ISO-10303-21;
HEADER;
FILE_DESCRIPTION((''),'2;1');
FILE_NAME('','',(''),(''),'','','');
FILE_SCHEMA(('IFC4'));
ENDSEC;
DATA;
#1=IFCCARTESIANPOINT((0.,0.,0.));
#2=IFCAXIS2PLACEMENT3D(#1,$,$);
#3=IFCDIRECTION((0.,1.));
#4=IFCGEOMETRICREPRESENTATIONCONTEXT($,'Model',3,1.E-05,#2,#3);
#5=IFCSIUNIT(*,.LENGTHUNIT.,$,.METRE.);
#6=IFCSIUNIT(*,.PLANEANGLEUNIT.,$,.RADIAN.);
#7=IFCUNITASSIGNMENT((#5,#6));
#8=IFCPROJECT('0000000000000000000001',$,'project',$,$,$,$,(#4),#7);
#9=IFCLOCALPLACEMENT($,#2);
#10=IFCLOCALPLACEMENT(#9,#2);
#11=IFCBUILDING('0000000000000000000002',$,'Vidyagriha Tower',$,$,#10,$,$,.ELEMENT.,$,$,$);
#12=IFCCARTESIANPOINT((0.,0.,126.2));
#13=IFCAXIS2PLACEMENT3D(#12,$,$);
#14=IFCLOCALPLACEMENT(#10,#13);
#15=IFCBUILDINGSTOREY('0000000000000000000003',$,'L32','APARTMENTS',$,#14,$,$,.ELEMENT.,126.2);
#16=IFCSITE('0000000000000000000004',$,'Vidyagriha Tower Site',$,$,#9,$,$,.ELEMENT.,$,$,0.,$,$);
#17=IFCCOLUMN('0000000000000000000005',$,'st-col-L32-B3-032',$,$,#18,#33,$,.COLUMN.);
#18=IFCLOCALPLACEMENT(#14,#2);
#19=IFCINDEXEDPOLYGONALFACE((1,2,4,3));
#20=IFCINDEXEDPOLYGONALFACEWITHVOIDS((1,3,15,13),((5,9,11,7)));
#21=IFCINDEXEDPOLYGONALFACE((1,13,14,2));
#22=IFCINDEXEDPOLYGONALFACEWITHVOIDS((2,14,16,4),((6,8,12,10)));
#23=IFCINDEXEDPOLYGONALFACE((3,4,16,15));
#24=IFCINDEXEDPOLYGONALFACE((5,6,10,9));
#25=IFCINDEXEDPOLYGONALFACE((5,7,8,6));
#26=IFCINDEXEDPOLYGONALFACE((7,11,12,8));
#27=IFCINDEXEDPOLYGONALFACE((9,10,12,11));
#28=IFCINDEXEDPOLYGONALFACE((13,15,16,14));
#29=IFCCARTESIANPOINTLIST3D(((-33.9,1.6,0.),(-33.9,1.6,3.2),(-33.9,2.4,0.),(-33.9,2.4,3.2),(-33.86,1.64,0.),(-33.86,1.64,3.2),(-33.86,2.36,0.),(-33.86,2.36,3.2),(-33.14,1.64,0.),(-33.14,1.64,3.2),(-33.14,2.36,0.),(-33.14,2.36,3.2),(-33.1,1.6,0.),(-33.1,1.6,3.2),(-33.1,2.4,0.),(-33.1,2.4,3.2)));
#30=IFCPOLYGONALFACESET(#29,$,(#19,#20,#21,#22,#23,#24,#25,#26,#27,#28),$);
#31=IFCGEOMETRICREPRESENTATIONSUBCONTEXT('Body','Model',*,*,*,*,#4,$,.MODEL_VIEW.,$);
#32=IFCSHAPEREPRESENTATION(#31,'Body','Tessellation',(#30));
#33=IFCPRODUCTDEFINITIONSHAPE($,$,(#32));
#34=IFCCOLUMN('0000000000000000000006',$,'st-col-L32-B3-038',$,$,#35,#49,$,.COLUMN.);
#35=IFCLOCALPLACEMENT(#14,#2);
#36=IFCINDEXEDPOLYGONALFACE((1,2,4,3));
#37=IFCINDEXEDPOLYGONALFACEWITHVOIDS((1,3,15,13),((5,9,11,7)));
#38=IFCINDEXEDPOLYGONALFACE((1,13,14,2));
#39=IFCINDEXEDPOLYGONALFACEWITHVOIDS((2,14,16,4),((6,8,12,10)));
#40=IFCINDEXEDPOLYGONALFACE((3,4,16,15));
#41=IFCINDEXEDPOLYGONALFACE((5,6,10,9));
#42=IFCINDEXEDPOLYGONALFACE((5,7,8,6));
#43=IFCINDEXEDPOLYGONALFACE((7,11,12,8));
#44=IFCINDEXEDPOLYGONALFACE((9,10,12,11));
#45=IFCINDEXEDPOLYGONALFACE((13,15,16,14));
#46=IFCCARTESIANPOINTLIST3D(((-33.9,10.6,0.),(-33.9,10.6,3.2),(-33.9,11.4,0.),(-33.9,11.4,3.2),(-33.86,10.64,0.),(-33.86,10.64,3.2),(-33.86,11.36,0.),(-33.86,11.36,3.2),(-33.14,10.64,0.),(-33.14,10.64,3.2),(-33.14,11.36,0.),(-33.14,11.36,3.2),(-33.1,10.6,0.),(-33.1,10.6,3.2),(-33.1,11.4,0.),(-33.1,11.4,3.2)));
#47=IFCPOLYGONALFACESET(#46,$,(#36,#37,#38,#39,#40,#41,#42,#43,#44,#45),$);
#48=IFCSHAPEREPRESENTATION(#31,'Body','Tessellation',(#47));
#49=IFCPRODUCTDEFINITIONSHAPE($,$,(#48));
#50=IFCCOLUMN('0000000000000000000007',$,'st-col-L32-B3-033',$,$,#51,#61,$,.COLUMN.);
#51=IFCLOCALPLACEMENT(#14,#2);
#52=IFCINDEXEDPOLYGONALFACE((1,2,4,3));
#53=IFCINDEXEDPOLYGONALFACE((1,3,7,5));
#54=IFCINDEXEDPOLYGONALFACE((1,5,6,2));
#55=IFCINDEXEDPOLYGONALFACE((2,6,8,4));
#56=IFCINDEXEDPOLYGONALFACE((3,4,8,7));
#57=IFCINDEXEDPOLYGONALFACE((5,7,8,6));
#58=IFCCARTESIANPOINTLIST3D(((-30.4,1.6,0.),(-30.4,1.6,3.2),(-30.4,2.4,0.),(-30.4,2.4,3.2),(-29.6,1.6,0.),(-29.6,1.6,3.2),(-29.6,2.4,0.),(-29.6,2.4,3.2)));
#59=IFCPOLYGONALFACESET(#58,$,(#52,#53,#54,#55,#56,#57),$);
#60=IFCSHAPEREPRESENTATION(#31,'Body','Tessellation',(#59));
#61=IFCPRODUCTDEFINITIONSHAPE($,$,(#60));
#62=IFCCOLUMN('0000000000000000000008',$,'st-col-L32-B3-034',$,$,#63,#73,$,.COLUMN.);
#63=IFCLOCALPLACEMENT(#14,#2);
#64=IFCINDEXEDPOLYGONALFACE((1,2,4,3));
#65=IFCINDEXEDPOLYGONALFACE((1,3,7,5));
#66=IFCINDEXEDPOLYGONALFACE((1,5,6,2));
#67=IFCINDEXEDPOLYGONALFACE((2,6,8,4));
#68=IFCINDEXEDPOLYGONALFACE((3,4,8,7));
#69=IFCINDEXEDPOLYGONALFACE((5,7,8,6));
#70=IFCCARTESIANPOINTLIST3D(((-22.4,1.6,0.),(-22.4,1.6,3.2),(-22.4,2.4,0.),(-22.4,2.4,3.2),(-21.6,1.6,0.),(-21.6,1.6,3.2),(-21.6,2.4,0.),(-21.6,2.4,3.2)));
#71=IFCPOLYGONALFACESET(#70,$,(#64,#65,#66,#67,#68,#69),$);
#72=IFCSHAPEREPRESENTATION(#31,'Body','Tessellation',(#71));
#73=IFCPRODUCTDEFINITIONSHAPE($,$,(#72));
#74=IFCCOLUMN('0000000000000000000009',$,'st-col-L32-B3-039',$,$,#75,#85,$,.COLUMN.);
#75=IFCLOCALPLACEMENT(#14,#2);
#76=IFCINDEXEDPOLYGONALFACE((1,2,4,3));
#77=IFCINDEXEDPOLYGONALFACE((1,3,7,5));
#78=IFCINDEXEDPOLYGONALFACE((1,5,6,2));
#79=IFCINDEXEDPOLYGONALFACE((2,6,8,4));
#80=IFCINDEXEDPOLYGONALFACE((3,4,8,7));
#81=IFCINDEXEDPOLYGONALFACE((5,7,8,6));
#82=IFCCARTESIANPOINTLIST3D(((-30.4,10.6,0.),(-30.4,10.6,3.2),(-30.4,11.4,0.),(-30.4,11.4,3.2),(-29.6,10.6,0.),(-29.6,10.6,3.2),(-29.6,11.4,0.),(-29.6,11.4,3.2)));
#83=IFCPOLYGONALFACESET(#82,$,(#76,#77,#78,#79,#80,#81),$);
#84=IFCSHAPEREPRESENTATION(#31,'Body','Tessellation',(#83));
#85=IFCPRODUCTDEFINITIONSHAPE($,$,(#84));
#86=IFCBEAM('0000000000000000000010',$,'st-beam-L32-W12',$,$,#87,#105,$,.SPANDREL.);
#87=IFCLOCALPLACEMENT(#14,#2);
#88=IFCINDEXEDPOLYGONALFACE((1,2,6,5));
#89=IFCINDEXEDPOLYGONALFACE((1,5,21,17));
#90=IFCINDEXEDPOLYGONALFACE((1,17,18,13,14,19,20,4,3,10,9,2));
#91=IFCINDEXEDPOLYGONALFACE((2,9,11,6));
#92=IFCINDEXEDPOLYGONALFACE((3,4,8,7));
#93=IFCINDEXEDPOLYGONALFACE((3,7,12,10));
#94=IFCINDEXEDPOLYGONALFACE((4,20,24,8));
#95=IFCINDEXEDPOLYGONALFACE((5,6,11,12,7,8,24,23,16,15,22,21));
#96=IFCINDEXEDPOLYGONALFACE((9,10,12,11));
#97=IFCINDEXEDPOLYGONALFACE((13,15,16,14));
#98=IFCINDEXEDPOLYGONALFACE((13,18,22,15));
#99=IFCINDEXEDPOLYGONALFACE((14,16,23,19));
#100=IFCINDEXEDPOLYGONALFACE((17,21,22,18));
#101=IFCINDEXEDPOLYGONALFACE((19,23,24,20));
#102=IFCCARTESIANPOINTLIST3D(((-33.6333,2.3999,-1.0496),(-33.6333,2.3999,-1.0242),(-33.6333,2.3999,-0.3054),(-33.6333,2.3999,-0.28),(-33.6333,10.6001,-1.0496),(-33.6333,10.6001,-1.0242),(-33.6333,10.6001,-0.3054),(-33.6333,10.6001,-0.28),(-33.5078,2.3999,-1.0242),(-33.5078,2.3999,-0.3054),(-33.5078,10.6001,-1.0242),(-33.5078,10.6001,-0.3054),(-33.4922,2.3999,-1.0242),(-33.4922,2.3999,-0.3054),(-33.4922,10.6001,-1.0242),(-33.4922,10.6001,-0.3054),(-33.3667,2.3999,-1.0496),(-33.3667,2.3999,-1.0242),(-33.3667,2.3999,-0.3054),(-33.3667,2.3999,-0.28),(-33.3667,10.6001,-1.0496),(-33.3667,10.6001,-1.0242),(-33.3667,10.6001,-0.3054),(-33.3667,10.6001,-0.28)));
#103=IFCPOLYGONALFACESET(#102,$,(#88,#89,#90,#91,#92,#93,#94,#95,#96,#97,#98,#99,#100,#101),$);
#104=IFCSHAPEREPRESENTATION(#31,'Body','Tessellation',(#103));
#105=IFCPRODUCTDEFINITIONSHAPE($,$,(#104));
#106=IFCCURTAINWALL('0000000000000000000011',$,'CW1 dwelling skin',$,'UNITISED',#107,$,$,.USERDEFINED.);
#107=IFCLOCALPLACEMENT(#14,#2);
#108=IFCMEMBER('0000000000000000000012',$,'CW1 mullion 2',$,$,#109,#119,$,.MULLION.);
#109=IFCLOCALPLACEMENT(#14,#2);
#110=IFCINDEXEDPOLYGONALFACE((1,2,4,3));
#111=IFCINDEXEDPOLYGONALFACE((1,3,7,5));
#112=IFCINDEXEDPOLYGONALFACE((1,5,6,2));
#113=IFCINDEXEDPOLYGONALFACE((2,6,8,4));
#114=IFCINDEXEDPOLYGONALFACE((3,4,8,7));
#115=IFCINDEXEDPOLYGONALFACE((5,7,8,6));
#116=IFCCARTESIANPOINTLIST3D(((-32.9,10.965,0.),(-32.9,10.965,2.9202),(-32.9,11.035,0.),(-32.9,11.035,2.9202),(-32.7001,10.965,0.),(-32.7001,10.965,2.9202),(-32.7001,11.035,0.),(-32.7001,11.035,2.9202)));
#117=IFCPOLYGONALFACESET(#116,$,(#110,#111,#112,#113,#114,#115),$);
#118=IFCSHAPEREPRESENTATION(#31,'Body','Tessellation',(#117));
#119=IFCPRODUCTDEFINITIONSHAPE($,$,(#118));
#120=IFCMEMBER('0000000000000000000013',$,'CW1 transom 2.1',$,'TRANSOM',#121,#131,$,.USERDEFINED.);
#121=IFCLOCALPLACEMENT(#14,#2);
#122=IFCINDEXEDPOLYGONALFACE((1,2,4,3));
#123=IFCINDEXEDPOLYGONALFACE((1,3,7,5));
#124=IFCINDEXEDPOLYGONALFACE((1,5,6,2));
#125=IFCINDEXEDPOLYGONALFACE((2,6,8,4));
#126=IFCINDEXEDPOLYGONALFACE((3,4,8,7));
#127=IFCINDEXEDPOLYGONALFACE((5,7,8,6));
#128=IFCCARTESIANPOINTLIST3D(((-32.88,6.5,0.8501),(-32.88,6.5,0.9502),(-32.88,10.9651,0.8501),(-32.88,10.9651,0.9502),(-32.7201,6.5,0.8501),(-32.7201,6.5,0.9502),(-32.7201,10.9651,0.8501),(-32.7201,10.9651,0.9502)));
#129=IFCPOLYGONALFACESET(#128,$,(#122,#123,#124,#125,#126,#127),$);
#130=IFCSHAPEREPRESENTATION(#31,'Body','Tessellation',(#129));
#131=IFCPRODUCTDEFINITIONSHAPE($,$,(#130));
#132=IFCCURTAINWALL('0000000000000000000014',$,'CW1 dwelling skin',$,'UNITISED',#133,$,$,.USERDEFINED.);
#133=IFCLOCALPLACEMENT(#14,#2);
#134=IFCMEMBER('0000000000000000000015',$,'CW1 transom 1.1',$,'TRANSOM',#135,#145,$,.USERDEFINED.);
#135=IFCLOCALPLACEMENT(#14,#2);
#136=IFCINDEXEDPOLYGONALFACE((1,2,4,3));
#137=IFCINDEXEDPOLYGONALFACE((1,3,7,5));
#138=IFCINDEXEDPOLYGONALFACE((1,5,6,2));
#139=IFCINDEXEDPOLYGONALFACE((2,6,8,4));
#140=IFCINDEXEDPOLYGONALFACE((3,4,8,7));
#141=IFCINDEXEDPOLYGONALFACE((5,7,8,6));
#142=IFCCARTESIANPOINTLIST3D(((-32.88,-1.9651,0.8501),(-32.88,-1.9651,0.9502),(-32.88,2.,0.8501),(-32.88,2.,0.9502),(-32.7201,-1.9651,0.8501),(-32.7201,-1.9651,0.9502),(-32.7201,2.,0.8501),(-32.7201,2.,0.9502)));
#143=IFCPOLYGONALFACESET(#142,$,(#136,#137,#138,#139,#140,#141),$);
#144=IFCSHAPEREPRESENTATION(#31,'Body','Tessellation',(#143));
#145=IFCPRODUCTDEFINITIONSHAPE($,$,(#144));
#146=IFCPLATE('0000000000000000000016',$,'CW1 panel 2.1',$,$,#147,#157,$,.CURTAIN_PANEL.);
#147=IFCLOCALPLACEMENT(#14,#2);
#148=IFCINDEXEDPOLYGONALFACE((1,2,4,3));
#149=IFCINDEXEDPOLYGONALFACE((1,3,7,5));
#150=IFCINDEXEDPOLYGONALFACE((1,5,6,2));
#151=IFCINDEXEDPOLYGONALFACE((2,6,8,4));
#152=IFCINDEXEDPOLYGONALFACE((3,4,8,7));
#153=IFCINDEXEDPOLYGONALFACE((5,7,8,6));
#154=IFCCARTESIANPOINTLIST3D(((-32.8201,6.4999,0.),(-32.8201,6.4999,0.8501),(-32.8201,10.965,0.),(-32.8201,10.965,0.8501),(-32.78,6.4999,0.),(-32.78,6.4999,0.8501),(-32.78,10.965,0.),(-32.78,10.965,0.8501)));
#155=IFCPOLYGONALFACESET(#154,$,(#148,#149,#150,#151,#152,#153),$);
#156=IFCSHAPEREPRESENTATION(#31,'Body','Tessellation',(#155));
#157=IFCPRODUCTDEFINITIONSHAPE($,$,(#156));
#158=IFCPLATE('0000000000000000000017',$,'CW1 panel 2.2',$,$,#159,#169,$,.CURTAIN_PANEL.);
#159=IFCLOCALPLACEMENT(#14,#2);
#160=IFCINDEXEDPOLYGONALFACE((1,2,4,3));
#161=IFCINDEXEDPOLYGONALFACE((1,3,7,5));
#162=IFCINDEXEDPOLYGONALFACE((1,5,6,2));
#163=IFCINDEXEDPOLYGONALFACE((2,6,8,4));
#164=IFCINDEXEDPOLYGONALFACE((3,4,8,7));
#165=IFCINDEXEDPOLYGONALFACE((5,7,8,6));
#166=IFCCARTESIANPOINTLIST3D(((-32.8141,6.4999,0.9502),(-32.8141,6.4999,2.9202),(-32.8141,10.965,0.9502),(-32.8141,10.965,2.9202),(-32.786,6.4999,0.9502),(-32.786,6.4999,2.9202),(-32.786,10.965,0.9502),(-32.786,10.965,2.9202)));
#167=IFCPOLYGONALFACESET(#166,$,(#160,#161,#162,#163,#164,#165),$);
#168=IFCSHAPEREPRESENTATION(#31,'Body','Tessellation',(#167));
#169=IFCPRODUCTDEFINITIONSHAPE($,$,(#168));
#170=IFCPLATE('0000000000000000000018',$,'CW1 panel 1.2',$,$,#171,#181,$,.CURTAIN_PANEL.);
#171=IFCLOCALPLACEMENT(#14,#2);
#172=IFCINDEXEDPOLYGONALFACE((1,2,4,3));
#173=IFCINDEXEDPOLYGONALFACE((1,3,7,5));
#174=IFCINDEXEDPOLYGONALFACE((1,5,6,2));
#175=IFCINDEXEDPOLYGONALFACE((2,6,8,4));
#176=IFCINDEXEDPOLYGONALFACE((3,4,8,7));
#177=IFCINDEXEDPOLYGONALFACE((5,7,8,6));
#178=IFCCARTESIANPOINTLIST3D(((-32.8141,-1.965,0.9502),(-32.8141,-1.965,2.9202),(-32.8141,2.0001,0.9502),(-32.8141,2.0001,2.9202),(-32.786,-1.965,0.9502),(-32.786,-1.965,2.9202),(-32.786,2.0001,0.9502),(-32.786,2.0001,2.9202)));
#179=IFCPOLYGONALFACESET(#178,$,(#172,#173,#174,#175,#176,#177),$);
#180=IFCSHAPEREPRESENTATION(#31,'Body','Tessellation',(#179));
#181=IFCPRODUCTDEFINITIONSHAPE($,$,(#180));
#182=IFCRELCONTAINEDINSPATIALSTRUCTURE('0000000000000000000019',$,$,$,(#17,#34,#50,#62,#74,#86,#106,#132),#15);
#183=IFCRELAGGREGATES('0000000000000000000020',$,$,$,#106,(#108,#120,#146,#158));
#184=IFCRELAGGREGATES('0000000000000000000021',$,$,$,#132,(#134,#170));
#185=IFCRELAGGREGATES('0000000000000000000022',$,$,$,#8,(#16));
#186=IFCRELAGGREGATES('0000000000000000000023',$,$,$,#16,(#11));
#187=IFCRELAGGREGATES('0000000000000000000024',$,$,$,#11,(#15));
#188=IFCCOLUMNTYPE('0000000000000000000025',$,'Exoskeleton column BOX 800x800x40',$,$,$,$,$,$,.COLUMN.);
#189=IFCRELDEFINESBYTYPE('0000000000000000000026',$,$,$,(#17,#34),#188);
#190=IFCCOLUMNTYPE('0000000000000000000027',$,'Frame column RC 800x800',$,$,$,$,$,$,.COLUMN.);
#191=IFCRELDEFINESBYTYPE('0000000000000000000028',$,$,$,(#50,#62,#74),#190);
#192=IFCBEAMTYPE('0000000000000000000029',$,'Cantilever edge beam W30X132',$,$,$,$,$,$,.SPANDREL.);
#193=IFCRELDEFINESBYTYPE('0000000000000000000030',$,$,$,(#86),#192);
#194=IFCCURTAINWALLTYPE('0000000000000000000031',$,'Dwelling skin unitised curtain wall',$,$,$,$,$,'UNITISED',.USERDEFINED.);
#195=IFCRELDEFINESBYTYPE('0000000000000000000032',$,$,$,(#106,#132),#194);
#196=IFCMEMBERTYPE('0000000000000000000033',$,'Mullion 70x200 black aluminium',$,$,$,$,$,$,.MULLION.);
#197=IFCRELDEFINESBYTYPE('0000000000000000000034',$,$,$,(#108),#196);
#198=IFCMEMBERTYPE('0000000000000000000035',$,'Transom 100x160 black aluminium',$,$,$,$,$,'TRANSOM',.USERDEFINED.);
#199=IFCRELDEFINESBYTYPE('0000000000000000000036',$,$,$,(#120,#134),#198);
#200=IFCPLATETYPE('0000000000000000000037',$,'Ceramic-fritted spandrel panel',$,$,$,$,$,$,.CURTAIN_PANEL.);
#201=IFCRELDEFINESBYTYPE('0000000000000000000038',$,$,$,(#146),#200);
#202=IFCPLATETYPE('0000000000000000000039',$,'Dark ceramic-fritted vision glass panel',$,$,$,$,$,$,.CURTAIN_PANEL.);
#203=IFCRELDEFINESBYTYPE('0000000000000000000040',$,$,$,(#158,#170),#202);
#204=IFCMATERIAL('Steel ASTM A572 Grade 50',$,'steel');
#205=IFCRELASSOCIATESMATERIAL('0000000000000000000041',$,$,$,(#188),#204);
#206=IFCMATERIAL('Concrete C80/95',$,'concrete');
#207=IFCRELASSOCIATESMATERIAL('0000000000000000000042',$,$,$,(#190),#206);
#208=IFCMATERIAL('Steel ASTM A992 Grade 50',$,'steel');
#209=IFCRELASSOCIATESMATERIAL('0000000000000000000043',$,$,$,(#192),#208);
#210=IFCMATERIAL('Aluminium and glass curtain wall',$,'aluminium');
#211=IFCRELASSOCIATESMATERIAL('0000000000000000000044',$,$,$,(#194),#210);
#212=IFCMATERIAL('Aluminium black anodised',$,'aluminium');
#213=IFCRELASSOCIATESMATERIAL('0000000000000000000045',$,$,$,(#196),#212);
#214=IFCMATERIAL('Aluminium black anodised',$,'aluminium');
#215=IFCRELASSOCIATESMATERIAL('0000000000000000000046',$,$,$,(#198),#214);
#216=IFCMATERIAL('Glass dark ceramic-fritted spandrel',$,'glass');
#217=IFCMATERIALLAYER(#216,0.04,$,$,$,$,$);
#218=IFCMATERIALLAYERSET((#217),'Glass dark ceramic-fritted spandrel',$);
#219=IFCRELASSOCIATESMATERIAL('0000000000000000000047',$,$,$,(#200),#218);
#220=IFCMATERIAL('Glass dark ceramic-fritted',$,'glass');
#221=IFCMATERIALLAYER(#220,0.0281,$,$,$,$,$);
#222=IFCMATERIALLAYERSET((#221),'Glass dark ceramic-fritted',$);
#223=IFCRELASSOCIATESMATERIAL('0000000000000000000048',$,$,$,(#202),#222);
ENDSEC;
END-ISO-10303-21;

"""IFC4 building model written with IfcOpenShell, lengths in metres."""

from ifc_helpers import new_model, si_unit, direction, frame, origin, origin_2d, place, context, subcontext, project, spatial, rectangle, hollow_rectangle, i_section, extrude, material, layer, layer_set, material_profile, profile_set, type_object, element, aggregate, save


model = new_model("IFC4")

# Units and contexts
model_context = context("Model", 3, precision=1e-05, world=origin(), true_north=direction((0.0, 1.0)))
body_context = subcontext(model_context, "Body", "Model", "MODEL_VIEW")
ifc_project = project(units=[si_unit("LENGTHUNIT", "METRE"), si_unit("PLANEANGLEUNIT", "RADIAN")], contexts=[model_context])

# Site, building, storey
site_placement = place(None, origin())
site = spatial("IfcSite", under=ifc_project, at=site_placement, Name="Vidyagriha Tower Site", CompositionType="ELEMENT", RefElevation=0.0)
building_placement = place(site_placement, origin())
building = spatial("IfcBuilding", under=site, at=building_placement, Name="Vidyagriha Tower", CompositionType="ELEMENT")
storey_placement = place(building_placement, frame((0.0, 0.0, 126.2)))
storey = spatial("IfcBuildingStorey", under=building, at=storey_placement, Name="L32", Description="APARTMENTS", CompositionType="ELEMENT", Elevation=126.2)

# Columns
ifc_material_1 = material(Name="Steel ASTM A572 Grade 50", Category="steel")
ifc_material_profile_1 = material_profile(ifc_material_1, hollow_rectangle(XDim=0.8, YDim=0.8, WallThickness=0.04, at=origin_2d()), Name="BOX 800x800x40")
ifc_profile_set_1 = profile_set([ifc_material_profile_1], Name="Steel ASTM A572 Grade 50")
column_type_1 = type_object("IfcColumnType", Name="Exoskeleton column BOX 800x800x40", PredefinedType="COLUMN", material=ifc_profile_set_1)
for number, where, name in (
    (1, (-33.5, 2.0, 0.0), "st-col-L32-B3-032"),
    (2, (-33.5, 11.0, 0.0), "st-col-L32-B3-038"),
):
    element("IfcColumn", number, at=place(storey_placement, frame(where)), inside=storey, type_object=column_type_1, Name=name, PredefinedType="COLUMN", context=body_context, shape_type="SweptSolid", body=[
        extrude(hollow_rectangle(XDim=0.8, YDim=0.8, WallThickness=0.04, at=origin_2d()), origin(), (0.0, 0.0, 1.0), 3.2),
    ])
ifc_material_2 = material(Name="Concrete C80/95", Category="concrete")
ifc_material_profile_2 = material_profile(ifc_material_2, rectangle(XDim=0.8, YDim=0.8, at=origin_2d()), Name="RC 800x800")
ifc_profile_set_2 = profile_set([ifc_material_profile_2], Name="Concrete C80/95")
column_type_2 = type_object("IfcColumnType", Name="Frame column RC 800x800", PredefinedType="COLUMN", material=ifc_profile_set_2)
for number, where, name in (
    (3, (-30.0, 2.0, 0.0), "st-col-L32-B3-033"),
    (4, (-22.0, 2.0, 0.0), "st-col-L32-B3-034"),
    (5, (-30.0, 11.0, 0.0), "st-col-L32-B3-039"),
):
    element("IfcColumn", number, at=place(storey_placement, frame(where)), inside=storey, type_object=column_type_2, Name=name, PredefinedType="COLUMN", context=body_context, shape_type="SweptSolid", body=[
        extrude(rectangle(XDim=0.8, YDim=0.8, at=origin_2d()), origin(), (0.0, 0.0, 1.0), 3.2),
    ])

# Beam
ifc_material_3 = material(Name="Steel ASTM A992 Grade 50", Category="steel")
ifc_material_profile_3 = material_profile(ifc_material_3, i_section(OverallWidth=0.2666, OverallDepth=0.7695, WebThickness=0.0156, FlangeThickness=0.0254, at=origin_2d()), Name="W30X132")
ifc_profile_set_3 = profile_set([ifc_material_profile_3], Name="Steel ASTM A992 Grade 50")
beam_type = type_object("IfcBeamType", Name="Cantilever edge beam W30X132", PredefinedType="SPANDREL", material=ifc_profile_set_3)
beam_placement = place(storey_placement, frame((-33.5, 2.3999, -0.6648), z_axis=(0.0, 1.0, 0.0), x_axis=(-1.0, 0.0, 0.0)))
element("IfcBeam", 6, at=beam_placement, inside=storey, type_object=beam_type, Name="st-beam-L32-W12", PredefinedType="SPANDREL", context=body_context, shape_type="SweptSolid", body=[
    extrude(i_section(OverallWidth=0.2666, OverallDepth=0.7695, WebThickness=0.0156, FlangeThickness=0.0254, at=origin_2d()), origin(), (0.0, 0.0, 1.0), 8.2002),
])

# Curtain wall, members
ifc_material_4 = material(Name="Aluminium and glass curtain wall", Category="aluminium")
curtain_wall_type = type_object("IfcCurtainWallType", Name="Dwelling skin unitised curtain wall", ElementType="UNITISED", PredefinedType="USERDEFINED", material=ifc_material_4)
curtain_wall_1_placement = place(storey_placement, origin())
curtain_wall_1 = element("IfcCurtainWall", 7, at=curtain_wall_1_placement, inside=storey, type_object=curtain_wall_type, Name="CW1 dwelling skin", ObjectType="UNITISED", PredefinedType="USERDEFINED")
ifc_material_5 = material(Name="Aluminium black anodised", Category="aluminium")
ifc_material_profile_4 = material_profile(ifc_material_5, rectangle(XDim=0.2, YDim=0.0701, at=origin_2d()), Name="Mullion 70x200 black aluminium")
ifc_profile_set_4 = profile_set([ifc_material_profile_4], Name="Aluminium black anodised")
member_type_1 = type_object("IfcMemberType", Name="Mullion 70x200 black aluminium", PredefinedType="MULLION", material=ifc_profile_set_4)
member_1_placement = place(storey_placement, frame((-32.8, 11.0, 0.0)))
member_1 = element("IfcMember", 8, at=member_1_placement, type_object=member_type_1, Name="CW1 mullion 2", PredefinedType="MULLION", context=body_context, shape_type="SweptSolid", body=[
    extrude(rectangle(XDim=0.2, YDim=0.0701, at=origin_2d()), origin(), (0.0, 0.0, 1.0), 2.9202),
])
ifc_material_6 = material(Name="Aluminium black anodised", Category="aluminium")
ifc_material_profile_5 = material_profile(ifc_material_6, rectangle(XDim=0.1599, YDim=0.1001, at=origin_2d()), Name="Transom 100x160 black aluminium")
ifc_profile_set_5 = profile_set([ifc_material_profile_5], Name="Aluminium black anodised")
member_type_2 = type_object("IfcMemberType", Name="Transom 100x160 black aluminium", ElementType="TRANSOM", PredefinedType="USERDEFINED", material=ifc_profile_set_5)
member_2_placement = place(storey_placement, frame((-32.8, 10.9651, 0.9001), z_axis=(0.0, -1.0, 0.0), x_axis=(1.0, 0.0, 0.0)))
member_2 = element("IfcMember", 9, at=member_2_placement, type_object=member_type_2, Name="CW1 transom 2.1", ObjectType="TRANSOM", PredefinedType="USERDEFINED", context=body_context, shape_type="SweptSolid", body=[
    extrude(rectangle(XDim=0.1599, YDim=0.1001, at=origin_2d()), origin(), (0.0, 0.0, 1.0), 4.4651),
])

# Curtain wall, member
curtain_wall_2_placement = place(storey_placement, origin())
curtain_wall_2 = element("IfcCurtainWall", 10, at=curtain_wall_2_placement, inside=storey, type_object=curtain_wall_type, Name="CW1 dwelling skin", ObjectType="UNITISED", PredefinedType="USERDEFINED")
member_3_placement = place(storey_placement, frame((-32.8, 2.0, 0.9001), z_axis=(0.0, -1.0, 0.0), x_axis=(1.0, 0.0, 0.0)))
member_3 = element("IfcMember", 11, at=member_3_placement, type_object=member_type_2, Name="CW1 transom 1.1", ObjectType="TRANSOM", PredefinedType="USERDEFINED", context=body_context, shape_type="SweptSolid", body=[
    extrude(rectangle(XDim=0.1599, YDim=0.1001, at=origin_2d()), origin(), (0.0, 0.0, 1.0), 3.9651),
])

# Plates
ifc_material_7 = material(Name="Glass dark ceramic-fritted spandrel", Category="glass")
ifc_layer_1 = layer(ifc_material_7, 0.04)
ifc_layer_set_1 = layer_set([ifc_layer_1], Name="Glass dark ceramic-fritted spandrel")
plate_type_1 = type_object("IfcPlateType", Name="Ceramic-fritted spandrel panel", PredefinedType="CURTAIN_PANEL", material=ifc_layer_set_1)
plate_1_placement = place(storey_placement, frame((-32.8, 8.7324, 0.0), z_axis=(0.0, 0.0, 1.0), x_axis=(0.0, -1.0, 0.0)))
plate_1 = element("IfcPlate", 12, at=plate_1_placement, type_object=plate_type_1, Name="CW1 panel 2.1", PredefinedType="CURTAIN_PANEL", context=body_context, shape_type="SweptSolid", body=[
    extrude(rectangle(XDim=4.4651, YDim=0.04, at=origin_2d()), origin(), (0.0, 0.0, 1.0), 0.8501),
])
ifc_material_8 = material(Name="Glass dark ceramic-fritted", Category="glass")
ifc_layer_2 = layer(ifc_material_8, 0.0281)
ifc_layer_set_2 = layer_set([ifc_layer_2], Name="Glass dark ceramic-fritted")
plate_type_2 = type_object("IfcPlateType", Name="Dark ceramic-fritted vision glass panel", PredefinedType="CURTAIN_PANEL", material=ifc_layer_set_2)
plate_2_placement = place(storey_placement, frame((-32.8, 8.7324, 0.9502), z_axis=(0.0, 0.0, 1.0), x_axis=(0.0, -1.0, 0.0)))
plate_2 = element("IfcPlate", 13, at=plate_2_placement, type_object=plate_type_2, Name="CW1 panel 2.2", PredefinedType="CURTAIN_PANEL", context=body_context, shape_type="SweptSolid", body=[
    extrude(rectangle(XDim=4.4651, YDim=0.0281, at=origin_2d()), origin(), (0.0, 0.0, 1.0), 1.97),
])
aggregate(curtain_wall_1, [member_1, member_2, plate_1, plate_2])
plate_3_placement = place(storey_placement, frame((-32.8, 0.0176, 0.9502), z_axis=(0.0, 0.0, 1.0), x_axis=(0.0, -1.0, 0.0)))
plate_3 = element("IfcPlate", 14, at=plate_3_placement, type_object=plate_type_2, Name="CW1 panel 1.2", PredefinedType="CURTAIN_PANEL", context=body_context, shape_type="SweptSolid", body=[
    extrude(rectangle(XDim=3.9651, YDim=0.0281, at=origin_2d()), origin(), (0.0, 0.0, 1.0), 1.97),
])
aggregate(curtain_wall_2, [member_3, plate_3])

save(model, "model.ifc")
